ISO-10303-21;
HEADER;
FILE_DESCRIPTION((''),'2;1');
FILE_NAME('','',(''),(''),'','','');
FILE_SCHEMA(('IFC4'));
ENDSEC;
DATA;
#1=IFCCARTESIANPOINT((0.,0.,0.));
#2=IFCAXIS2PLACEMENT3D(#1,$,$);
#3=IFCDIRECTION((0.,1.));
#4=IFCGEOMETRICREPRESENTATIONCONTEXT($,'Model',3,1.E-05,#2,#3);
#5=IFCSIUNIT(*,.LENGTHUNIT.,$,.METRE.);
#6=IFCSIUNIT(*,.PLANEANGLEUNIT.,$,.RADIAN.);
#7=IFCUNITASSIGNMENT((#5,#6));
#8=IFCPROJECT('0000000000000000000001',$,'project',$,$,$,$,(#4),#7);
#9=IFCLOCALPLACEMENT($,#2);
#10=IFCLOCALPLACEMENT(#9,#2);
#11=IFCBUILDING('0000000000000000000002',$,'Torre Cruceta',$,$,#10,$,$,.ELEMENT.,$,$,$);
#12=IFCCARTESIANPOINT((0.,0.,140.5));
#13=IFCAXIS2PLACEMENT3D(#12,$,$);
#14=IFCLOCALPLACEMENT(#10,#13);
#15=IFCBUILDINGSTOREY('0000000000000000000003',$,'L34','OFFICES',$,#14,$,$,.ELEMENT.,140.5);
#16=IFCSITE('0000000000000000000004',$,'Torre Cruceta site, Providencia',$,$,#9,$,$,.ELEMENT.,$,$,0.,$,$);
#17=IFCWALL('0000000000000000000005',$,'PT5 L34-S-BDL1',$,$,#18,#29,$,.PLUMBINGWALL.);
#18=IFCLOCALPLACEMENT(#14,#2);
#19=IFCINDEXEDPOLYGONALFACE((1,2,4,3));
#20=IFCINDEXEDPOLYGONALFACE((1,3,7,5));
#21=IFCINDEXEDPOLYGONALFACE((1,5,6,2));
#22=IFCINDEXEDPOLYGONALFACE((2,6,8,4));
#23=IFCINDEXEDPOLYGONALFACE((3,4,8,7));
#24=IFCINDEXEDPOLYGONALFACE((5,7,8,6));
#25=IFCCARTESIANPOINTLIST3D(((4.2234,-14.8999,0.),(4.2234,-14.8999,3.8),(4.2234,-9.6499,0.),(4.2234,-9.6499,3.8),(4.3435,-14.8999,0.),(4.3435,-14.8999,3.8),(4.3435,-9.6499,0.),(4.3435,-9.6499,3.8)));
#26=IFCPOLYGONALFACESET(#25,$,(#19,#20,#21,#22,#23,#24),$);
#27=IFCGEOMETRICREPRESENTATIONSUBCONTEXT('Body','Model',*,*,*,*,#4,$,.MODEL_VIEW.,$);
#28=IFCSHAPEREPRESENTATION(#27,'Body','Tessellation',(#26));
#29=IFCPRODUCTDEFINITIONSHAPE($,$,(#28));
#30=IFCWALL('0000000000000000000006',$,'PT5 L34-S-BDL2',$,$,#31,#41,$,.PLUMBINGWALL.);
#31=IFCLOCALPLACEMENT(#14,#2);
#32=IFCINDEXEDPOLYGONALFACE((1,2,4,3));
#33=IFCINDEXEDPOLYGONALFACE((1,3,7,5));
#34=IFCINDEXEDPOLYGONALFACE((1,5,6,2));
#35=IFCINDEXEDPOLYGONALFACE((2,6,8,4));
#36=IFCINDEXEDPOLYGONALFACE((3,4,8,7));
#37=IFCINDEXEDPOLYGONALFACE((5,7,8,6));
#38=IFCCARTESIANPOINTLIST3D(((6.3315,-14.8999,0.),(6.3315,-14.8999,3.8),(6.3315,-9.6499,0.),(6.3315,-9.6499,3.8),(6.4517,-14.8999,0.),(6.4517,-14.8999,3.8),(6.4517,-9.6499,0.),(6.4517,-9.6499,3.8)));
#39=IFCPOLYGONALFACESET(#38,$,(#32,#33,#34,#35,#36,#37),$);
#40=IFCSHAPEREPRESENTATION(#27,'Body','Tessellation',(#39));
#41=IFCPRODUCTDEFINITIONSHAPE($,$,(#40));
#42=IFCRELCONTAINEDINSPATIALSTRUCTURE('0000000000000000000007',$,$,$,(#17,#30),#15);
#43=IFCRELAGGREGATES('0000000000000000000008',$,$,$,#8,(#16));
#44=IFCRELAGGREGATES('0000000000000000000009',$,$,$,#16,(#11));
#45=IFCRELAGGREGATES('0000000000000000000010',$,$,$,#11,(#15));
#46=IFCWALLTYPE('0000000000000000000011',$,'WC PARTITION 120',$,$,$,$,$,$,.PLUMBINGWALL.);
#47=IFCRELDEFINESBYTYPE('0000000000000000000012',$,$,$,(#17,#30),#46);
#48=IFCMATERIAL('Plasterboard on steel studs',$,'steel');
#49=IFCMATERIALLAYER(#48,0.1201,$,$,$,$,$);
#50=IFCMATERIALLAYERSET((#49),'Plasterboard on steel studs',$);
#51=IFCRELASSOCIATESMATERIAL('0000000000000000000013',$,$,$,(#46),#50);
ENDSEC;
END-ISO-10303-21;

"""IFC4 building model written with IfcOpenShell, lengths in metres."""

from ifc_helpers import new_model, si_unit, direction, frame, frame_2d, origin, place, context, subcontext, project, spatial, rectangle, extrude, material, layer, layer_set, type_object, element, save


model = new_model("IFC4")

# Units and contexts
model_context = context("Model", 3, precision=1e-05, world=origin(), true_north=direction((0.0, 1.0)))
body_context = subcontext(model_context, "Body", "Model", "MODEL_VIEW")
ifc_project = project(units=[si_unit("LENGTHUNIT", "METRE"), si_unit("PLANEANGLEUNIT", "RADIAN")], contexts=[model_context])

# Site, building, storey
site_placement = place(None, origin())
site = spatial("IfcSite", under=ifc_project, at=site_placement, Name="Torre Cruceta site, Providencia", CompositionType="ELEMENT", RefElevation=0.0)
building_placement = place(site_placement, origin())
building = spatial("IfcBuilding", under=site, at=building_placement, Name="Torre Cruceta", CompositionType="ELEMENT")
storey_placement = place(building_placement, frame((0.0, 0.0, 140.5)))
storey = spatial("IfcBuildingStorey", under=building, at=storey_placement, Name="L34", Description="OFFICES", CompositionType="ELEMENT", Elevation=140.5)

# Walls
ifc_material_1 = material(Name="Plasterboard on steel studs", Category="steel")
ifc_layer_1 = layer(ifc_material_1, 0.1201)
ifc_layer_set_1 = layer_set([ifc_layer_1], Name="Plasterboard on steel studs")
wall_type_1 = type_object("IfcWallType", Name="WC PARTITION 120", PredefinedType="PLUMBINGWALL", material=ifc_layer_set_1)
for number, where, z_axis, x_axis, name in (
    (1, (4.2834, -9.6499, 0.0), (0.0, 0.0, 1.0), (0.0, -1.0, 0.0), "PT5 L34-S-BDL1"),
    (2, (6.3916, -9.6499, 0.0), (0.0, 0.0, 1.0), (0.0, -1.0, 0.0), "PT5 L34-S-BDL2"),
):
    element("IfcWall", number, at=place(storey_placement, frame(where, z_axis=z_axis, x_axis=x_axis)), inside=storey, type_object=wall_type_1, Name=name, PredefinedType="PLUMBINGWALL", context=body_context, shape_type="SweptSolid", body=[
        extrude(rectangle(XDim=5.25, YDim=0.1201, at=frame_2d((2.625, 0.0))), origin(), (0.0, 0.0, 1.0), 3.8),
    ])

save(model, "model.ifc")
